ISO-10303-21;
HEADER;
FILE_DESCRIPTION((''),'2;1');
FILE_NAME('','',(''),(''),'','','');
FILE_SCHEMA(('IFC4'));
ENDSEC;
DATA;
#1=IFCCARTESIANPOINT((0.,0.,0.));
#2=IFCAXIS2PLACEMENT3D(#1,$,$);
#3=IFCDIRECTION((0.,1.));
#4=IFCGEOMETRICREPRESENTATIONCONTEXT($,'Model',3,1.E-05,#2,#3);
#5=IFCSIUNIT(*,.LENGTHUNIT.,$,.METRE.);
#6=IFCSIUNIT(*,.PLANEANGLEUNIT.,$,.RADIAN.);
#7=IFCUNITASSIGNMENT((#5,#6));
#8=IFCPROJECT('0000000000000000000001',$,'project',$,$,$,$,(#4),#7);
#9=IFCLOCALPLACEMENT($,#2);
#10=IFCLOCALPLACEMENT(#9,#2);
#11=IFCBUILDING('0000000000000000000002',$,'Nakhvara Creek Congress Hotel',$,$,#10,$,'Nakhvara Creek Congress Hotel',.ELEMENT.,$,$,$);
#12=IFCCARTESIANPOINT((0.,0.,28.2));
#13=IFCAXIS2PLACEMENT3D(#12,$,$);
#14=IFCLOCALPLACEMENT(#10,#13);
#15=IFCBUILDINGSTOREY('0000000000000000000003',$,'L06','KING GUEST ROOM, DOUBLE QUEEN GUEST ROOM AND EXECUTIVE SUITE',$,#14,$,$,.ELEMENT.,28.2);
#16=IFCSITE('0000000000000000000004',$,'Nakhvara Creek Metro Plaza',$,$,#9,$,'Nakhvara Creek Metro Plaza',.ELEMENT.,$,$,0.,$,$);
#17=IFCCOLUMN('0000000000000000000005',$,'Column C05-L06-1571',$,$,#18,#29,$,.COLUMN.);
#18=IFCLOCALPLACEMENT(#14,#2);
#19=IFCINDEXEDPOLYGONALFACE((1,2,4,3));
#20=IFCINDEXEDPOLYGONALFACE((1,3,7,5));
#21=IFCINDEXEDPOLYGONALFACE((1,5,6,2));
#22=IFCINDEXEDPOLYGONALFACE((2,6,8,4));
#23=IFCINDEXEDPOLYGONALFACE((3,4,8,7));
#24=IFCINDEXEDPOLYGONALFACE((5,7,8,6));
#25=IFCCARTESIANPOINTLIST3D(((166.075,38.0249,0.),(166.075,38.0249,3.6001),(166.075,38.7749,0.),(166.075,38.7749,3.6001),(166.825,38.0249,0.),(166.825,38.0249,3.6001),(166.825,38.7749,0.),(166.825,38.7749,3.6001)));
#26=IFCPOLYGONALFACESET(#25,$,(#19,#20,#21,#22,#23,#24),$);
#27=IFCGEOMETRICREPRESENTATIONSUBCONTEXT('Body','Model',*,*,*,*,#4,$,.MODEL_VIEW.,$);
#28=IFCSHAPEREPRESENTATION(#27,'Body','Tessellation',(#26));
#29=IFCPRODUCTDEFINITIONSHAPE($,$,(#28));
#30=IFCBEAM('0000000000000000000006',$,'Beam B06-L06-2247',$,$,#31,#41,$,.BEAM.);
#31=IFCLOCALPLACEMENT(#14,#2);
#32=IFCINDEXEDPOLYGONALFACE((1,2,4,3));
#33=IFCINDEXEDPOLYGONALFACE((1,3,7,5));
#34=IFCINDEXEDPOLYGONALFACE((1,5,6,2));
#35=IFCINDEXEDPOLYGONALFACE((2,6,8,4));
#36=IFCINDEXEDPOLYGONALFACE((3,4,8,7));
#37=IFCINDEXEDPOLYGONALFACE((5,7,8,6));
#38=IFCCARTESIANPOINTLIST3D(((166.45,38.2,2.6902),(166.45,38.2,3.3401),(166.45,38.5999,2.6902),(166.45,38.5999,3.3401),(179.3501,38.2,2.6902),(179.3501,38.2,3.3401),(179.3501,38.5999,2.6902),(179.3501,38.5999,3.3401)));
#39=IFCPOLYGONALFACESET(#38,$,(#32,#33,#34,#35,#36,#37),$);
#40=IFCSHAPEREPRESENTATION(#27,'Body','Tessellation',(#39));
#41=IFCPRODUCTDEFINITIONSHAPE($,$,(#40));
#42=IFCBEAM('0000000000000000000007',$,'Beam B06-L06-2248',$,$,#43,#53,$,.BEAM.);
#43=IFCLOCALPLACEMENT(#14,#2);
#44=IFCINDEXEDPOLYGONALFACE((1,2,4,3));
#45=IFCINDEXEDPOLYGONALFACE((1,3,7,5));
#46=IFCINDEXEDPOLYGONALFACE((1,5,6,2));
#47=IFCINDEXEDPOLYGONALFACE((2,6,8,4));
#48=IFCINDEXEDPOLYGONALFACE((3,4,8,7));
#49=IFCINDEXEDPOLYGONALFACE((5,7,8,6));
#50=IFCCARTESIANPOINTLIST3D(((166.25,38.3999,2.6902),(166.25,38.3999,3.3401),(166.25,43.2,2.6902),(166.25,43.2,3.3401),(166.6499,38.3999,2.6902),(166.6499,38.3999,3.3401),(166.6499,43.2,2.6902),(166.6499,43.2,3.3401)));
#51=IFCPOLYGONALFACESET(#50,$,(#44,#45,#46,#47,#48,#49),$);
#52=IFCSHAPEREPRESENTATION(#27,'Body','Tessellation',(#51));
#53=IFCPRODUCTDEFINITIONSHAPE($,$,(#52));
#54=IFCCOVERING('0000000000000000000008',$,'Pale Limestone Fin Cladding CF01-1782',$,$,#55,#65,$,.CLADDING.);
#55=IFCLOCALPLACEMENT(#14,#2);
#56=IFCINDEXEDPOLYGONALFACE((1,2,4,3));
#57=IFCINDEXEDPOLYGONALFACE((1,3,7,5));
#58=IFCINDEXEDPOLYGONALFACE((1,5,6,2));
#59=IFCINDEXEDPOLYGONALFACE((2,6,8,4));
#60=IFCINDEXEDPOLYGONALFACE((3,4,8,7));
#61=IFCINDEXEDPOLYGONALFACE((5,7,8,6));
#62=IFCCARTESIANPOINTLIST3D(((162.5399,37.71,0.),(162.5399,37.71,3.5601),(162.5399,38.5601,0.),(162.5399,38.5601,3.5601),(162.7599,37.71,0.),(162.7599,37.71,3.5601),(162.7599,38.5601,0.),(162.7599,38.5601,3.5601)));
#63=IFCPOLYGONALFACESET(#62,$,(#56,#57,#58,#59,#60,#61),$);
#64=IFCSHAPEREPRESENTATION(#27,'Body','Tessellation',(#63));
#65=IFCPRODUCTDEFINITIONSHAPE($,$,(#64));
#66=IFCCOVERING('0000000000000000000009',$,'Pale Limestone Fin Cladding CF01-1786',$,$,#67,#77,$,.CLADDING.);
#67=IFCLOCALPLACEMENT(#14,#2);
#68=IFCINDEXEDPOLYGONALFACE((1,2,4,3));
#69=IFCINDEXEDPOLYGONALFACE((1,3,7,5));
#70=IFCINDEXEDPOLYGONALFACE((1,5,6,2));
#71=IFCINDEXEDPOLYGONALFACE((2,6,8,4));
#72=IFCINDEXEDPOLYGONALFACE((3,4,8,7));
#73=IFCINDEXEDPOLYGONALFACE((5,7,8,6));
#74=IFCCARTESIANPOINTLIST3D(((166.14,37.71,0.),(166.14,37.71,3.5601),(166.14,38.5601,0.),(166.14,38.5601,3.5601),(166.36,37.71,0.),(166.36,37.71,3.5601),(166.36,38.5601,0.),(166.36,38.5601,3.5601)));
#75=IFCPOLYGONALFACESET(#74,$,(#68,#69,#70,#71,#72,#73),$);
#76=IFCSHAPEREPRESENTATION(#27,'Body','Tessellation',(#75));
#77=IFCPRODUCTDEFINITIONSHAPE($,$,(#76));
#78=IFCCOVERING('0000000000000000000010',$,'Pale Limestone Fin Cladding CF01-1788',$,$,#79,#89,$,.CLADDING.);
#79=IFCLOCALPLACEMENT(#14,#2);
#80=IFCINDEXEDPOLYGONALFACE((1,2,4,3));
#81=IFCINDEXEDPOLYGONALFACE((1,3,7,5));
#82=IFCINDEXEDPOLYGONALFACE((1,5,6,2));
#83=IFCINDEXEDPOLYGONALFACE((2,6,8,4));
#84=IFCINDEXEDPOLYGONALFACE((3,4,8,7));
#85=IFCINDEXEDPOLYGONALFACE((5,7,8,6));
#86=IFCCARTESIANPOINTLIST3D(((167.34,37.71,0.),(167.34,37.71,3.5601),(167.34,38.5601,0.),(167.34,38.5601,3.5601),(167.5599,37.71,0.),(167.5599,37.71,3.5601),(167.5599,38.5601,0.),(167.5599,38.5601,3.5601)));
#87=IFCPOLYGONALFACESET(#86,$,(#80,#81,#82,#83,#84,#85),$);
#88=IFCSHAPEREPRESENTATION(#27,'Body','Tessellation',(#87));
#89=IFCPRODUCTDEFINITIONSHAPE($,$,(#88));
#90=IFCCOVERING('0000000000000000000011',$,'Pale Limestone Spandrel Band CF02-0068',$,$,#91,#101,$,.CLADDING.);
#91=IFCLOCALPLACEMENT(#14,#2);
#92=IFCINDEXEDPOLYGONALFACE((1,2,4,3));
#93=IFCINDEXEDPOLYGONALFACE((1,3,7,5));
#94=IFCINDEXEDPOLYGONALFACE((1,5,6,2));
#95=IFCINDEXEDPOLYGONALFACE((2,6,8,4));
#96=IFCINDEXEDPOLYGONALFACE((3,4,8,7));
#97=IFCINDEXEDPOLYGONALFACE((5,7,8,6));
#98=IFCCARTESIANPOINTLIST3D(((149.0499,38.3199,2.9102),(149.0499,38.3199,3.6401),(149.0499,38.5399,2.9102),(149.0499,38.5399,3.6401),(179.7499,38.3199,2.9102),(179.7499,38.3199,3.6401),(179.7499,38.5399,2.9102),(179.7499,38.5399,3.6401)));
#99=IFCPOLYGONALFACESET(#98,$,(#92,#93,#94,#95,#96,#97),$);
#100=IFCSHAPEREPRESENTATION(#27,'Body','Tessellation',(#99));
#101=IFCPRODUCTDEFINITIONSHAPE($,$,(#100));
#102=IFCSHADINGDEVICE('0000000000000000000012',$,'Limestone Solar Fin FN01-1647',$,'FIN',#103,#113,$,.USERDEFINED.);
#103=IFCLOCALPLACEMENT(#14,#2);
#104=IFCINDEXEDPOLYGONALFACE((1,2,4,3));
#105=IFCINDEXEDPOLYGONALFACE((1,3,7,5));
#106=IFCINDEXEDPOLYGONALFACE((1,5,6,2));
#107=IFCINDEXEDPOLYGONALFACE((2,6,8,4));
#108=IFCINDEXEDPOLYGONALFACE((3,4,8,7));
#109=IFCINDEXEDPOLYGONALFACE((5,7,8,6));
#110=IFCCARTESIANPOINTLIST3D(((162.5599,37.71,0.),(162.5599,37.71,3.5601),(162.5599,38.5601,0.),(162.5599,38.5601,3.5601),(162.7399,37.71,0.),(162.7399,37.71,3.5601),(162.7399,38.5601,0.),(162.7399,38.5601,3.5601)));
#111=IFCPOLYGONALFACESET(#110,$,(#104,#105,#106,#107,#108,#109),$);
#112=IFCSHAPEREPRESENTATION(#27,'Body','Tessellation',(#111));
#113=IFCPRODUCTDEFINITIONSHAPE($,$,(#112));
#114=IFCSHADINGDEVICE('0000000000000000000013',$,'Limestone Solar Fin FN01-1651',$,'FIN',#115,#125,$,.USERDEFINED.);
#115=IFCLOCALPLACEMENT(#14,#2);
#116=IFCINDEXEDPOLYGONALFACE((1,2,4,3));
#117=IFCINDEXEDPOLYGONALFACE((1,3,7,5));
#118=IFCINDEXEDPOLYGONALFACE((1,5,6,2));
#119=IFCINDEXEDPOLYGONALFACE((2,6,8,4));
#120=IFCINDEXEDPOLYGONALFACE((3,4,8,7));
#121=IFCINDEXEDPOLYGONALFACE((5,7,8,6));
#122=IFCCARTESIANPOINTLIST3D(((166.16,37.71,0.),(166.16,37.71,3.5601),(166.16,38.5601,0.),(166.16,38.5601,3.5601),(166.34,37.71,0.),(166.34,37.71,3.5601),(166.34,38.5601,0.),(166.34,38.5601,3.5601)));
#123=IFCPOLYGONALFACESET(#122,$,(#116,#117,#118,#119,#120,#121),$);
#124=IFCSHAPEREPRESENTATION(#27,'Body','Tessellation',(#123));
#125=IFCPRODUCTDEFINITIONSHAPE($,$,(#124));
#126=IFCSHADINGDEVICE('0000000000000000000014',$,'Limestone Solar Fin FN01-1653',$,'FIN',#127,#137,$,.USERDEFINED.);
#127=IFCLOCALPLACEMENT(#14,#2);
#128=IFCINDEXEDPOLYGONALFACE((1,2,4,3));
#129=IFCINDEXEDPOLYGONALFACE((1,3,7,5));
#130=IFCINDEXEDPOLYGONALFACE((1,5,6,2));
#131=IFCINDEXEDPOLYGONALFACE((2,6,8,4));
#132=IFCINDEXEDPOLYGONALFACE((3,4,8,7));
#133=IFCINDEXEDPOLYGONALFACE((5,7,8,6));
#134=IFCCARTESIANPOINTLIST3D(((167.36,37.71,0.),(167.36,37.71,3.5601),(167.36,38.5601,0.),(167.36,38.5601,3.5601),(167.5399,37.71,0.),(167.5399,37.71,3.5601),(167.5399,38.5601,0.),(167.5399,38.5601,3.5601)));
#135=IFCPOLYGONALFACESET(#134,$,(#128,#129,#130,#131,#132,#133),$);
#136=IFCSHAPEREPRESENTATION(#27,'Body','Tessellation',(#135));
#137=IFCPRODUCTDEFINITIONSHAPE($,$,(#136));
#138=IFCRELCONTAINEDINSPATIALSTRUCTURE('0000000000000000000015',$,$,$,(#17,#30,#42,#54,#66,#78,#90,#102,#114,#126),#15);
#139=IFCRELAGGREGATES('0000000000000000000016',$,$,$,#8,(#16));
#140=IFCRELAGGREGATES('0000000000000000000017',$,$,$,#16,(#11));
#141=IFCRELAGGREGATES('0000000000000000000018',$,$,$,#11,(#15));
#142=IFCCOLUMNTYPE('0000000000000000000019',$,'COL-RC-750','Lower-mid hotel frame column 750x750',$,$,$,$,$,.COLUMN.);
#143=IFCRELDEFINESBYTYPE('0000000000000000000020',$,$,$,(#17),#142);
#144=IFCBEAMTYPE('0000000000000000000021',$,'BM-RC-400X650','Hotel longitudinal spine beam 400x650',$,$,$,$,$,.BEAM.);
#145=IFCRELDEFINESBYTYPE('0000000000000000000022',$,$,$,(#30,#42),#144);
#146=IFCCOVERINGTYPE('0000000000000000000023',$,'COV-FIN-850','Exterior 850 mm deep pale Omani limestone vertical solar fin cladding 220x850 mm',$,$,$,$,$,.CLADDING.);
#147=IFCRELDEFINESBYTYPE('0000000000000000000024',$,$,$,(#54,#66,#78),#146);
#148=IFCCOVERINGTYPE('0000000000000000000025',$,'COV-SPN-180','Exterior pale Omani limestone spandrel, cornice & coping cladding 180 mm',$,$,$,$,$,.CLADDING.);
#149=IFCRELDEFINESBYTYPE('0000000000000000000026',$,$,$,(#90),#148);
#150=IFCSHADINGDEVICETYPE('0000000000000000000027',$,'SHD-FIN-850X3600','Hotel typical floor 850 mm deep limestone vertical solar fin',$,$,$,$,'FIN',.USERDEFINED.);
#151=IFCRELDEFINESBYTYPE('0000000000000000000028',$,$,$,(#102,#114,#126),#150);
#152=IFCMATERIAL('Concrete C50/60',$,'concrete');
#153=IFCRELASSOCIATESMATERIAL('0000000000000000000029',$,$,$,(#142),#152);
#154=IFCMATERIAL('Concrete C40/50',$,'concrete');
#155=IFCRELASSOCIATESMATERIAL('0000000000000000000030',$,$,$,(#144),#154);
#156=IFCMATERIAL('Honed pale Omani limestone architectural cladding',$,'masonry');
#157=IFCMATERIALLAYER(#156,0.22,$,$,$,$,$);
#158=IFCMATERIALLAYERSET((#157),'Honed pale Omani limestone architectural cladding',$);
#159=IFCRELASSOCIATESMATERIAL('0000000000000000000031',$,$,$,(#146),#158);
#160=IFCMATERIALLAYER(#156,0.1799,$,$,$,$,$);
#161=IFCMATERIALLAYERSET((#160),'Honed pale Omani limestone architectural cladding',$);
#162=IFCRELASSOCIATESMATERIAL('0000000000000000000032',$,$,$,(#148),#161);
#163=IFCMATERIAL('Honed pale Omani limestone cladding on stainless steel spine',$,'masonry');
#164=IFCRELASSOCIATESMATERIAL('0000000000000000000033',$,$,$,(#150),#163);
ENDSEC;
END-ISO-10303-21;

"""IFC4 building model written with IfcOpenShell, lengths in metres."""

from ifc_helpers import new_model, si_unit, direction, frame, origin, origin_2d, place, context, subcontext, project, spatial, rectangle, extrude, material, layer, layer_set, material_profile, profile_set, type_object, element, save


model = new_model("IFC4")

# Units and contexts
model_context = context("Model", 3, precision=1e-05, world=origin(), true_north=direction((0.0, 1.0)))
body_context = subcontext(model_context, "Body", "Model", "MODEL_VIEW")
ifc_project = project(units=[si_unit("LENGTHUNIT", "METRE"), si_unit("PLANEANGLEUNIT", "RADIAN")], contexts=[model_context])

# Site, building, storey
site_placement = place(None, origin())
site = spatial("IfcSite", under=ifc_project, at=site_placement, Name="Nakhvara Creek Metro Plaza", LongName="Nakhvara Creek Metro Plaza", CompositionType="ELEMENT", RefElevation=0.0)
building_placement = place(site_placement, origin())
building = spatial("IfcBuilding", under=site, at=building_placement, Name="Nakhvara Creek Congress Hotel", LongName="Nakhvara Creek Congress Hotel", CompositionType="ELEMENT")
storey_placement = place(building_placement, frame((0.0, 0.0, 28.2)))
storey = spatial("IfcBuildingStorey", under=building, at=storey_placement, Name="L06", Description="KING GUEST ROOM, DOUBLE QUEEN GUEST ROOM AND EXECUTIVE SUITE", CompositionType="ELEMENT", Elevation=28.2)

# Column
ifc_material_1 = material(Name="Concrete C50/60", Category="concrete")
ifc_material_profile_1 = material_profile(ifc_material_1, rectangle(XDim=0.75, YDim=0.75, at=origin_2d()), Name="RC-COL 750x750", Category="LoadBearing")
ifc_profile_set_1 = profile_set([ifc_material_profile_1], Name="Concrete C50/60")
column_type = type_object("IfcColumnType", Name="COL-RC-750", Description="Lower-mid hotel frame column 750x750", PredefinedType="COLUMN", material=ifc_profile_set_1)
column_placement = place(storey_placement, frame((166.45, 38.3999, 0.0), z_axis=(0.0, 0.0, 1.0), x_axis=(1.0, 0.0, 0.0)))
element("IfcColumn", 1, at=column_placement, inside=storey, type_object=column_type, Name="Column C05-L06-1571", PredefinedType="COLUMN", context=body_context, shape_type="SweptSolid", body=[
    extrude(rectangle(XDim=0.75, YDim=0.75, at=origin_2d()), origin(), (0.0, 0.0, 1.0), 3.6001),
])

# Beams
ifc_material_2 = material(Name="Concrete C40/50", Category="concrete")
ifc_material_profile_2 = material_profile(ifc_material_2, rectangle(XDim=0.3999, YDim=0.6499, at=origin_2d()), Name="RC-BM 400x650", Category="LoadBearing")
ifc_profile_set_2 = profile_set([ifc_material_profile_2], Name="Concrete C40/50")
beam_type = type_object("IfcBeamType", Name="BM-RC-400X650", Description="Hotel longitudinal spine beam 400x650", PredefinedType="BEAM", material=ifc_profile_set_2)
beam_1_placement = place(storey_placement, frame((166.45, 38.3999, 3.0151), z_axis=(1.0, 0.0, 0.0), x_axis=(0.0, 1.0, 0.0)))
element("IfcBeam", 2, at=beam_1_placement, inside=storey, type_object=beam_type, Name="Beam B06-L06-2247", PredefinedType="BEAM", context=body_context, shape_type="SweptSolid", body=[
    extrude(rectangle(XDim=0.3999, YDim=0.6499, at=origin_2d()), origin(), (0.0, 0.0, 1.0), 12.9001),
])
beam_2_placement = place(storey_placement, frame((166.45, 38.3999, 3.0151), z_axis=(0.0, 1.0, 0.0), x_axis=(-1.0, 0.0, 0.0)))
element("IfcBeam", 3, at=beam_2_placement, inside=storey, type_object=beam_type, Name="Beam B06-L06-2248", PredefinedType="BEAM", context=body_context, shape_type="SweptSolid", body=[
    extrude(rectangle(XDim=0.3999, YDim=0.6499, at=origin_2d()), origin(), (0.0, 0.0, 1.0), 4.8),
])

# Coverings
ifc_material_3 = material(Name="Honed pale Omani limestone architectural cladding", Category="masonry")
ifc_layer_1 = layer(ifc_material_3, 0.22)
ifc_layer_set_1 = layer_set([ifc_layer_1], Name="Honed pale Omani limestone architectural cladding")
covering_type_1 = type_object("IfcCoveringType", Name="COV-FIN-850", Description="Exterior 850 mm deep pale Omani limestone vertical solar fin cladding 220x850 mm", PredefinedType="CLADDING", material=ifc_layer_set_1)
for number, where, z_axis, x_axis, name in (
    (4, (162.6499, 38.135, 0.0), (0.0, 0.0, 1.0), (1.0, 0.0, 0.0), "Pale Limestone Fin Cladding CF01-1782"),
    (5, (166.25, 38.135, 0.0), (0.0, 0.0, 1.0), (1.0, 0.0, 0.0), "Pale Limestone Fin Cladding CF01-1786"),
    (6, (167.45, 38.135, 0.0), (0.0, 0.0, 1.0), (1.0, 0.0, 0.0), "Pale Limestone Fin Cladding CF01-1788"),
):
    element("IfcCovering", number, at=place(storey_placement, frame(where, z_axis=z_axis, x_axis=x_axis)), inside=storey, type_object=covering_type_1, Name=name, PredefinedType="CLADDING", context=body_context, shape_type="SweptSolid", body=[
        extrude(rectangle(XDim=0.22, YDim=0.8501, at=origin_2d()), origin(), (0.0, 0.0, 1.0), 3.5601),
    ])
ifc_layer_2 = layer(ifc_material_3, 0.1799)
ifc_layer_set_2 = layer_set([ifc_layer_2], Name="Honed pale Omani limestone architectural cladding")
covering_type_2 = type_object("IfcCoveringType", Name="COV-SPN-180", Description="Exterior pale Omani limestone spandrel, cornice & coping cladding 180 mm", PredefinedType="CLADDING", material=ifc_layer_set_2)
covering_placement = place(storey_placement, frame((164.3999, 38.4299, 2.9102), z_axis=(0.0, 0.0, 1.0), x_axis=(1.0, 0.0, 0.0)))
element("IfcCovering", 7, at=covering_placement, inside=storey, type_object=covering_type_2, Name="Pale Limestone Spandrel Band CF02-0068", PredefinedType="CLADDING", context=body_context, shape_type="SweptSolid", body=[
    extrude(rectangle(XDim=30.7, YDim=0.22, at=origin_2d()), origin(), (0.0, 0.0, 1.0), 0.73),
])

# Shading devices
ifc_material_4 = material(Name="Honed pale Omani limestone cladding on stainless steel spine", Category="masonry")
shading_device_type = type_object("IfcShadingDeviceType", Name="SHD-FIN-850X3600", Description="Hotel typical floor 850 mm deep limestone vertical solar fin", ElementType="FIN", PredefinedType="USERDEFINED", material=ifc_material_4)
for number, where, z_axis, x_axis, name in (
    (8, (162.6499, 38.135, 0.0), (0.0, 0.0, 1.0), (1.0, 0.0, 0.0), "Limestone Solar Fin FN01-1647"),
    (9, (166.25, 38.135, 0.0), (0.0, 0.0, 1.0), (1.0, 0.0, 0.0), "Limestone Solar Fin FN01-1651"),
    (10, (167.45, 38.135, 0.0), (0.0, 0.0, 1.0), (1.0, 0.0, 0.0), "Limestone Solar Fin FN01-1653"),
):
    element("IfcShadingDevice", number, at=place(storey_placement, frame(where, z_axis=z_axis, x_axis=x_axis)), inside=storey, type_object=shading_device_type, Name=name, ObjectType="FIN", PredefinedType="USERDEFINED", context=body_context, shape_type="SweptSolid", body=[
        extrude(rectangle(XDim=0.1799, YDim=0.8501, at=origin_2d()), origin(), (0.0, 0.0, 1.0), 3.5601),
    ])

save(model, "model.ifc")
